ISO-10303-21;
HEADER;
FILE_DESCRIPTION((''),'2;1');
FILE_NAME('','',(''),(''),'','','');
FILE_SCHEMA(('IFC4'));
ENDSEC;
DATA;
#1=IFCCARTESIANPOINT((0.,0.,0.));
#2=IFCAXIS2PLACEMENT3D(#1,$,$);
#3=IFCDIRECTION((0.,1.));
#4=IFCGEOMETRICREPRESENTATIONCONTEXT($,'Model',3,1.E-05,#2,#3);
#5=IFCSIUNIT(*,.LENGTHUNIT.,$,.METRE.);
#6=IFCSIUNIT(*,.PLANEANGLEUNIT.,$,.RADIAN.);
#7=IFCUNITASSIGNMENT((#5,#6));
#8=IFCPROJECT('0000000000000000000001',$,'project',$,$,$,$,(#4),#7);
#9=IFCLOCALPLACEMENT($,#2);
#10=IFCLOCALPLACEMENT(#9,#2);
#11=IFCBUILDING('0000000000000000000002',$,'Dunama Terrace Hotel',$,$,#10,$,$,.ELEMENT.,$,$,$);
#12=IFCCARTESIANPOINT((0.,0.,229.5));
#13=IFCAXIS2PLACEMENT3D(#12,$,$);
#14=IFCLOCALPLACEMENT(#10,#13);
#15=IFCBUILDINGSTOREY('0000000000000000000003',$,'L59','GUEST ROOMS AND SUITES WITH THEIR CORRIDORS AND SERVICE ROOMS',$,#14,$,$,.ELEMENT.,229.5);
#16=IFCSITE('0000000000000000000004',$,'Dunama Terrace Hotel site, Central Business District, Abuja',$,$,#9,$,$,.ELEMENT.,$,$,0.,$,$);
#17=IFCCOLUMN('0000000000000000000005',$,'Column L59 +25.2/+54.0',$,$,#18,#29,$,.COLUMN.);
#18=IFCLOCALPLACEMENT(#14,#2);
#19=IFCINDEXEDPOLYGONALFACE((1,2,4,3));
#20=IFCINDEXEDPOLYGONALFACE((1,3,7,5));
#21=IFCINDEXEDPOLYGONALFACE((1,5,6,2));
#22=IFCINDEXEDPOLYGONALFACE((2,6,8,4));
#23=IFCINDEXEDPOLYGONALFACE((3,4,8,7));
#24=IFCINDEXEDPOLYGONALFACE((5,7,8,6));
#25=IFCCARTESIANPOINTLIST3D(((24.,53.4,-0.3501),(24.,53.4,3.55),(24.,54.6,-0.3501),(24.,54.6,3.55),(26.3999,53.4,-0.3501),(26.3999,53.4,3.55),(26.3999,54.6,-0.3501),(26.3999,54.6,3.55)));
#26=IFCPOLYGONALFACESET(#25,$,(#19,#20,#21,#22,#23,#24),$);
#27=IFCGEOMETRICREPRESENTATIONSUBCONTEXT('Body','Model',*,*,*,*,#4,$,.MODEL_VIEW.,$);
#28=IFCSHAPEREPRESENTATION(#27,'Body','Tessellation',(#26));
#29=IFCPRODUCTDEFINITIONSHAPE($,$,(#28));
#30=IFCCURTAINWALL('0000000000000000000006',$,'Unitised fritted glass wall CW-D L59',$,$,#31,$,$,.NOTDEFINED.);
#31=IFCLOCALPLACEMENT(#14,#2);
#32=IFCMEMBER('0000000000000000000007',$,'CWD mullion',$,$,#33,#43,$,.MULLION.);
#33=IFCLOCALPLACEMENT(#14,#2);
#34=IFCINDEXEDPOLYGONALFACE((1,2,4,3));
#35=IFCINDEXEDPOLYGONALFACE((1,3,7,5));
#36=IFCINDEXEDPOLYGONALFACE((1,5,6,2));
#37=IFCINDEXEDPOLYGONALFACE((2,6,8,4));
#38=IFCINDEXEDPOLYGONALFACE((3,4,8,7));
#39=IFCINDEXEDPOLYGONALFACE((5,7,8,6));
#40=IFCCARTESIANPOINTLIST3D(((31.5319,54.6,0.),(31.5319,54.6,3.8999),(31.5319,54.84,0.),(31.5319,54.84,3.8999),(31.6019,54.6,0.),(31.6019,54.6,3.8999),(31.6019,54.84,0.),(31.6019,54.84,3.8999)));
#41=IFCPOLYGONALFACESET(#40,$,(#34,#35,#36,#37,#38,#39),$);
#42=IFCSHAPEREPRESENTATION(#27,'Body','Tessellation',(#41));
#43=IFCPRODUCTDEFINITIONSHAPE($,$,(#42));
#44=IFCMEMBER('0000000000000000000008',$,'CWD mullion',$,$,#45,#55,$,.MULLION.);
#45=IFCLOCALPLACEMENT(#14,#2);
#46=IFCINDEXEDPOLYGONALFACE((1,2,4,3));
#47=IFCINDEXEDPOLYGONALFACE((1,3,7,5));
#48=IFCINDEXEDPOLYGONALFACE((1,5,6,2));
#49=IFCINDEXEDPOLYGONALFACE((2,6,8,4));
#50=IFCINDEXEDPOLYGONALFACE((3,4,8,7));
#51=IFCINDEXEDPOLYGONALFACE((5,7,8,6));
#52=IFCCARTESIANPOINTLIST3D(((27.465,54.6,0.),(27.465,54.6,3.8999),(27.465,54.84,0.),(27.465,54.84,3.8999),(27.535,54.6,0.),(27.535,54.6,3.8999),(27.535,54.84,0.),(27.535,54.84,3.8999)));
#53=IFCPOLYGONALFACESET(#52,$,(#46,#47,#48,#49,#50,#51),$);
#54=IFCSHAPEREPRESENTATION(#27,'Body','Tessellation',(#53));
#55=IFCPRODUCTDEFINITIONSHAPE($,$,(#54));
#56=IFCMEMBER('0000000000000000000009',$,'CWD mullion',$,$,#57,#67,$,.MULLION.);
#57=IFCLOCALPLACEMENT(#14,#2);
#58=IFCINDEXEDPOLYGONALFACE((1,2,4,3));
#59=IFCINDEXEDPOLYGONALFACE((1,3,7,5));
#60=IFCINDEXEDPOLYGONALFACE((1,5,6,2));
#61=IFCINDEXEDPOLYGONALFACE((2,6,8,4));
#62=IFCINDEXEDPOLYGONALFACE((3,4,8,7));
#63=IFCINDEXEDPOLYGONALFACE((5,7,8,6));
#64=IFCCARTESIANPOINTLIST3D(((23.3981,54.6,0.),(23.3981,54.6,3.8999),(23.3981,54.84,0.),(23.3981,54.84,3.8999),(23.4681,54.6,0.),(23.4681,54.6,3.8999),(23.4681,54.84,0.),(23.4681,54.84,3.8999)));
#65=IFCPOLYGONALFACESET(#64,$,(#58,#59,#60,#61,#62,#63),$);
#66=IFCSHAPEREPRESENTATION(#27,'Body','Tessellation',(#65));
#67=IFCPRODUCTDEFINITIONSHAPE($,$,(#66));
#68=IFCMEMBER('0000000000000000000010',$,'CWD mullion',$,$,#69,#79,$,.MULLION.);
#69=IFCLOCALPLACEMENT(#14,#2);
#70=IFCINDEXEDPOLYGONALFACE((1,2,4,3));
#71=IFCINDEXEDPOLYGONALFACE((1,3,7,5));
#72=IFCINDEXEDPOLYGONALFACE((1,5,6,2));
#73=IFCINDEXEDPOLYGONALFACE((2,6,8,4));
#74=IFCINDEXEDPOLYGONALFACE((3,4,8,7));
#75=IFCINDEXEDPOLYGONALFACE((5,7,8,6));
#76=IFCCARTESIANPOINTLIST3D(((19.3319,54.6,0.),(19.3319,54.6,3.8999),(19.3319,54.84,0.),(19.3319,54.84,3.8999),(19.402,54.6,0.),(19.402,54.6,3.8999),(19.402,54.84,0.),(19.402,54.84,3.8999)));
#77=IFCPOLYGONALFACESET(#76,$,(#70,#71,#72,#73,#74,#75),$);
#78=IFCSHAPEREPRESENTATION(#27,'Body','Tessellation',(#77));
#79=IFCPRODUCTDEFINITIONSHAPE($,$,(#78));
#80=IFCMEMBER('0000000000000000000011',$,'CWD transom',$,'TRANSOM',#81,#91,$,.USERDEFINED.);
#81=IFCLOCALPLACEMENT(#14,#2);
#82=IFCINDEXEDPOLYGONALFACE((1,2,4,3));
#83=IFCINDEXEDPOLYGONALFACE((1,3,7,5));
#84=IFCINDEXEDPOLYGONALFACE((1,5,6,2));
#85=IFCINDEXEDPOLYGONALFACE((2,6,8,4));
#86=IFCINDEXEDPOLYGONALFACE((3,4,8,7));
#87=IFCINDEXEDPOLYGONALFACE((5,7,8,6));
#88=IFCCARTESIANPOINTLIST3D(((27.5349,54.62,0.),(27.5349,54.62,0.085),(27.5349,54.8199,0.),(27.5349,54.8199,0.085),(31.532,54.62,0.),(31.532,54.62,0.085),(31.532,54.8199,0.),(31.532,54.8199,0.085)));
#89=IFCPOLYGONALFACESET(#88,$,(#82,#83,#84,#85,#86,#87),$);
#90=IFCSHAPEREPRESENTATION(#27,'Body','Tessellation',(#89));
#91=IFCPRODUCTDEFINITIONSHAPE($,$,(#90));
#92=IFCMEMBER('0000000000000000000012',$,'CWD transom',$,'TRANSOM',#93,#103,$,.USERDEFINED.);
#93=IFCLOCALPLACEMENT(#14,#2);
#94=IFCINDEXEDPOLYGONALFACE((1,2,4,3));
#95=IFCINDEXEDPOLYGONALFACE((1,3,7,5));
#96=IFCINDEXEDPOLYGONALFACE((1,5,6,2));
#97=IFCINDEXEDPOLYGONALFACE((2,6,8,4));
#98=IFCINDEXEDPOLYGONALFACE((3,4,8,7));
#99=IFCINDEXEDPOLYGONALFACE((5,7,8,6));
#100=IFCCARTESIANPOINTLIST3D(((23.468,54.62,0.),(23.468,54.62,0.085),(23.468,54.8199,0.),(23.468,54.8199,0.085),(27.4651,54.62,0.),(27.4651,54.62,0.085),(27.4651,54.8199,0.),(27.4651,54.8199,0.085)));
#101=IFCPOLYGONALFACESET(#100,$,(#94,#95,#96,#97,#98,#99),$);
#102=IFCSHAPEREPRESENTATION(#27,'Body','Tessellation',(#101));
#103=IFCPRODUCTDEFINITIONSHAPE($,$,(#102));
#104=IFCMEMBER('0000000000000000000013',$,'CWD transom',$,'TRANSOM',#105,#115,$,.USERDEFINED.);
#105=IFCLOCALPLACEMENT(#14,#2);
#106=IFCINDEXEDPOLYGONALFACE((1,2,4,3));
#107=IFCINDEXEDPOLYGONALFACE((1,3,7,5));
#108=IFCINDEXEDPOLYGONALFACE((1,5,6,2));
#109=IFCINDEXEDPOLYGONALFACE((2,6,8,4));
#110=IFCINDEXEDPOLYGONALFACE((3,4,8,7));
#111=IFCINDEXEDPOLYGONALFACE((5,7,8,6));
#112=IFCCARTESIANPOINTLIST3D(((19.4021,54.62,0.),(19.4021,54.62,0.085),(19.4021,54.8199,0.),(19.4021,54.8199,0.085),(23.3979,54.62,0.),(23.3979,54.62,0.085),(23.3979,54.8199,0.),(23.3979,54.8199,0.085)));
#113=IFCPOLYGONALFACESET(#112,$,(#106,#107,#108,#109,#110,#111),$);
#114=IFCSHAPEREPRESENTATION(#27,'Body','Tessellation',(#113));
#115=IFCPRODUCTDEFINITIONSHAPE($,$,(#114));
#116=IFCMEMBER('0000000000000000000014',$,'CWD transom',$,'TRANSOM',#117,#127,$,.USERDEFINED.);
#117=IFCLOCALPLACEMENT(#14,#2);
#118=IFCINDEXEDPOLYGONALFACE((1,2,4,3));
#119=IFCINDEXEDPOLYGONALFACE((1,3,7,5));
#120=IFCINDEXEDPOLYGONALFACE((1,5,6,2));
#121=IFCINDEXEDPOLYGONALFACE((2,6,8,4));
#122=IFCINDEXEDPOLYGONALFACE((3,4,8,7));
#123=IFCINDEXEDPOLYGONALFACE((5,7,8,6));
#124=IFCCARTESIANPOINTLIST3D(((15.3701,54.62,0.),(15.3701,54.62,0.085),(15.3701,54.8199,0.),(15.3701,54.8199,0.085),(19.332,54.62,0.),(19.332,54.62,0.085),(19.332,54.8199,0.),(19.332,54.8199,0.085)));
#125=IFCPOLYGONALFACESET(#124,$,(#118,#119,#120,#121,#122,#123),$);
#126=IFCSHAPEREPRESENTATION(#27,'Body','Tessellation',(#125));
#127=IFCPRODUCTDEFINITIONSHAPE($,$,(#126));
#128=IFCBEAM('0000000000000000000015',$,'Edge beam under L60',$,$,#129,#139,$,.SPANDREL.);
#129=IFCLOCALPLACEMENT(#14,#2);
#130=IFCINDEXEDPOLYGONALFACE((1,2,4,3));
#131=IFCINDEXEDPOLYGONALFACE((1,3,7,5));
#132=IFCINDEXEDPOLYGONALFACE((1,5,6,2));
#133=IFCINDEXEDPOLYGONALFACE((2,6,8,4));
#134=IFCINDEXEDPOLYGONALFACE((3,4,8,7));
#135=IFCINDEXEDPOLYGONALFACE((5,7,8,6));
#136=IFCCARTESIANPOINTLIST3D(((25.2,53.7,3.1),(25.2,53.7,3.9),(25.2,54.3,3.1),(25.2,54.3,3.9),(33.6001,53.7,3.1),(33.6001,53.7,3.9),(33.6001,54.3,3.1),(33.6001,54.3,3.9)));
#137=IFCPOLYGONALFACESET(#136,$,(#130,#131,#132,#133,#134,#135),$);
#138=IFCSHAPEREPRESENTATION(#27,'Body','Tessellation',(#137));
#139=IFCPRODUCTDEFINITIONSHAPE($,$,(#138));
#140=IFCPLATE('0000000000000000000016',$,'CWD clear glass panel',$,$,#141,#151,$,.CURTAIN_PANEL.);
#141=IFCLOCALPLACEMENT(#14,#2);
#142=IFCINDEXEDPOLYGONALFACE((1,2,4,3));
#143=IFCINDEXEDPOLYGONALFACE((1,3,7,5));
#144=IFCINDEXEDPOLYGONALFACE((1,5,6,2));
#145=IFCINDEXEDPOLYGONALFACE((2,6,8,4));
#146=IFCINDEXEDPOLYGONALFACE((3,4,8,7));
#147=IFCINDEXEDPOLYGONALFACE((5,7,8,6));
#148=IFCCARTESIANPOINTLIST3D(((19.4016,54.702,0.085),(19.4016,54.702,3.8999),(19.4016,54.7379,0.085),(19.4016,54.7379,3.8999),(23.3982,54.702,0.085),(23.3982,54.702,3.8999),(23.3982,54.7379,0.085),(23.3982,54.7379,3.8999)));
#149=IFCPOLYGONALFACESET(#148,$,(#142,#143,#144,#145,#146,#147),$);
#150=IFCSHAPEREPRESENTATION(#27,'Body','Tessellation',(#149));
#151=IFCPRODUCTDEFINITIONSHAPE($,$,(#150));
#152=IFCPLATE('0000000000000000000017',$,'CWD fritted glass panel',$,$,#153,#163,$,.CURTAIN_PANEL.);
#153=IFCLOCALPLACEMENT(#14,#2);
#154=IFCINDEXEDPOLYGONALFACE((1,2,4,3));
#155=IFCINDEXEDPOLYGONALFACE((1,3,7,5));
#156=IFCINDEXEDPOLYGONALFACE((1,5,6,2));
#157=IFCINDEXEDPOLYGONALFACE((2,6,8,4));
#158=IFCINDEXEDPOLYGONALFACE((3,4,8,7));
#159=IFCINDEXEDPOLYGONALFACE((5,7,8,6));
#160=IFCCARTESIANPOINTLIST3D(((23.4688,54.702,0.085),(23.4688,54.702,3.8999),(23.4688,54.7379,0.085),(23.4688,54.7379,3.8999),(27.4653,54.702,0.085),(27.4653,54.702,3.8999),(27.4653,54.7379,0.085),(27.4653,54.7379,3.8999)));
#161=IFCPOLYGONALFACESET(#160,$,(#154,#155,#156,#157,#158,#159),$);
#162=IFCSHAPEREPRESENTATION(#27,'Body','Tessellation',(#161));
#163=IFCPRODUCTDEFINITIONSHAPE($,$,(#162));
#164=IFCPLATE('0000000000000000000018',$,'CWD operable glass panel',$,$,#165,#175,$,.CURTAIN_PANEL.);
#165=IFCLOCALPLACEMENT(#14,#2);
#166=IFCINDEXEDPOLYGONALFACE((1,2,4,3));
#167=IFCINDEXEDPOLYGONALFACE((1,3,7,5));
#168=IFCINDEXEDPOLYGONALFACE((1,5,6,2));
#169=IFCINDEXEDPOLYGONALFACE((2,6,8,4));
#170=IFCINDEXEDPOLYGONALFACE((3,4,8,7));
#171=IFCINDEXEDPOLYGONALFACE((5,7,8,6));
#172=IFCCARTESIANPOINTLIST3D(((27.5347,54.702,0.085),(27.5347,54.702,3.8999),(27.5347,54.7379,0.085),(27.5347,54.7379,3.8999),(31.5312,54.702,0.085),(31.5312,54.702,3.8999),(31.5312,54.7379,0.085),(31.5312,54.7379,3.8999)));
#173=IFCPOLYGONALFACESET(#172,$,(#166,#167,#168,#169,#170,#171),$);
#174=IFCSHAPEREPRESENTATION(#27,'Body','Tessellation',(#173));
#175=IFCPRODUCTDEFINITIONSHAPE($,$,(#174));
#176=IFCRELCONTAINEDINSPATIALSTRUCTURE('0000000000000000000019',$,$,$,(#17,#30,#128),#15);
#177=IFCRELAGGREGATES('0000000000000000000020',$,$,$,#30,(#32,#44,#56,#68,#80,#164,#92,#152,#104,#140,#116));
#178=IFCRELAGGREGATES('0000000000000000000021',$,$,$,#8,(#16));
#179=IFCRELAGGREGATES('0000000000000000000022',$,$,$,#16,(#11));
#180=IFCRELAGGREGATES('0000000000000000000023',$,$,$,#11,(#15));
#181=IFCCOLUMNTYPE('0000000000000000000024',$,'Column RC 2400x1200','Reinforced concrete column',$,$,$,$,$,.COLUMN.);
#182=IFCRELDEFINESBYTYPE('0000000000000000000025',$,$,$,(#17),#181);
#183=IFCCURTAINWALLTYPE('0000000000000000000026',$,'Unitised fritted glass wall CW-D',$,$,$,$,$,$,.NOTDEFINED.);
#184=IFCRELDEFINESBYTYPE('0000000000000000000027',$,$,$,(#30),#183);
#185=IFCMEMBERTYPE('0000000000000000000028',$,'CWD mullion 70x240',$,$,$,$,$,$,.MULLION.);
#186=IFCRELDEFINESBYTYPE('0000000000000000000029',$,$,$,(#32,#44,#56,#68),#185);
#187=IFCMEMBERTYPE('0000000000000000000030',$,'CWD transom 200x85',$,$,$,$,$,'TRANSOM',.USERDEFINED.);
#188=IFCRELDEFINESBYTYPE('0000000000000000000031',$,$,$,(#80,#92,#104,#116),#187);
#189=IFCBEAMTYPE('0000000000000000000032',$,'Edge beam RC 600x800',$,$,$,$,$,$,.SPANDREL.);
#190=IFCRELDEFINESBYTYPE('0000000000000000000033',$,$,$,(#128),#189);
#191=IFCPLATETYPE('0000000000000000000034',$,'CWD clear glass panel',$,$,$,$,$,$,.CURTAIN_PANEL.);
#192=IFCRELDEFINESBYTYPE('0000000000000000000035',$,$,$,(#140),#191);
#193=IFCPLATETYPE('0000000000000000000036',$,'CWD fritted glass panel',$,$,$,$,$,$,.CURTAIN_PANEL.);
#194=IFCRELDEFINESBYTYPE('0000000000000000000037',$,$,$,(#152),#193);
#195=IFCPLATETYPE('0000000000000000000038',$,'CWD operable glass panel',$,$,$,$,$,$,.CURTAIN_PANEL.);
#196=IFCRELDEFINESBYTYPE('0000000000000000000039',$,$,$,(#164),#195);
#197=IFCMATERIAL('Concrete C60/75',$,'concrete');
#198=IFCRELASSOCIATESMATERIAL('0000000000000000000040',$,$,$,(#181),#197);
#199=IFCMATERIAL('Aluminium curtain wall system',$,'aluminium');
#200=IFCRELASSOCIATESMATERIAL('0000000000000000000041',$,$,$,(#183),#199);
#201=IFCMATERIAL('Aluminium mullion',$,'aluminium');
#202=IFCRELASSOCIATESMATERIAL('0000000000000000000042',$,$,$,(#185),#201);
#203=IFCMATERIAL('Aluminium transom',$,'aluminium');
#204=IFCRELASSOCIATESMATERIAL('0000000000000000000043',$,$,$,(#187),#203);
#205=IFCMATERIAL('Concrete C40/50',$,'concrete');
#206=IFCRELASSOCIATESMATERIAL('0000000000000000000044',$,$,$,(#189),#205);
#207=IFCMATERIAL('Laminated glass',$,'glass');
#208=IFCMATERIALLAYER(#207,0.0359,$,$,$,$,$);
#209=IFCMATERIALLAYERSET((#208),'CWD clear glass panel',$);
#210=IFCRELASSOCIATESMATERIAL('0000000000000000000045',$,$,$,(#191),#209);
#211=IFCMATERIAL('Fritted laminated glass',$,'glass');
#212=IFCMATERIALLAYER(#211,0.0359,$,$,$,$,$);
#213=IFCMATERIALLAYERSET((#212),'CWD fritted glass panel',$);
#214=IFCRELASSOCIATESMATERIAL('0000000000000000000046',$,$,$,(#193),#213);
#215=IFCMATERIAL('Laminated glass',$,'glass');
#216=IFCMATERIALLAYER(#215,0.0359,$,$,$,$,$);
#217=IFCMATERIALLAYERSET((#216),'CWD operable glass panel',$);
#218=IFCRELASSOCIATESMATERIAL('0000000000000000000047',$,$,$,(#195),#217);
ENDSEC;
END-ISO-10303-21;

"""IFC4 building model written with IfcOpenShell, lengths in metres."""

from ifc_helpers import new_model, si_unit, direction, frame, origin, origin_2d, place, context, subcontext, project, spatial, rectangle, extrude, material, layer, layer_set, material_profile, profile_set, type_object, element, aggregate, save


model = new_model("IFC4")

# Units and contexts
model_context = context("Model", 3, precision=1e-05, world=origin(), true_north=direction((0.0, 1.0)))
body_context = subcontext(model_context, "Body", "Model", "MODEL_VIEW")
ifc_project = project(units=[si_unit("LENGTHUNIT", "METRE"), si_unit("PLANEANGLEUNIT", "RADIAN")], contexts=[model_context])

# Site, building, storey
site_placement = place(None, origin())
site = spatial("IfcSite", under=ifc_project, at=site_placement, Name="Dunama Terrace Hotel site, Central Business District, Abuja", CompositionType="ELEMENT", RefElevation=0.0)
building_placement = place(site_placement, origin())
building = spatial("IfcBuilding", under=site, at=building_placement, Name="Dunama Terrace Hotel", CompositionType="ELEMENT")
storey_placement = place(building_placement, frame((0.0, 0.0, 229.5)))
storey = spatial("IfcBuildingStorey", under=building, at=storey_placement, Name="L59", Description="GUEST ROOMS AND SUITES WITH THEIR CORRIDORS AND SERVICE ROOMS", CompositionType="ELEMENT", Elevation=229.5)

# Column
ifc_material_1 = material(Name="Concrete C60/75", Category="concrete")
ifc_material_profile_1 = material_profile(ifc_material_1, rectangle(XDim=2.3999, YDim=1.2, at=origin_2d()), Name="RC 2400x1200")
ifc_profile_set_1 = profile_set([ifc_material_profile_1], Name="Concrete C60/75")
column_type = type_object("IfcColumnType", Name="Column RC 2400x1200", Description="Reinforced concrete column", PredefinedType="COLUMN", material=ifc_profile_set_1)
column_placement = place(storey_placement, frame((25.2, 54.0, -0.3501), z_axis=(0.0, 0.0, 1.0), x_axis=(1.0, 0.0, 0.0)))
element("IfcColumn", 1, at=column_placement, inside=storey, type_object=column_type, Name="Column L59 +25.2/+54.0", PredefinedType="COLUMN", context=body_context, shape_type="SweptSolid", body=[
    extrude(rectangle(XDim=2.3999, YDim=1.2, at=origin_2d()), origin(), (0.0, 0.0, 1.0), 3.9001),
])

# Curtain wall, members
ifc_material_2 = material(Name="Aluminium curtain wall system", Category="aluminium")
curtain_wall_type = type_object("IfcCurtainWallType", Name="Unitised fritted glass wall CW-D", PredefinedType="NOTDEFINED", material=ifc_material_2)
curtain_wall_placement = place(storey_placement, origin())
curtain_wall = element("IfcCurtainWall", 2, at=curtain_wall_placement, inside=storey, type_object=curtain_wall_type, Name="Unitised fritted glass wall CW-D L59", PredefinedType="NOTDEFINED")
ifc_material_3 = material(Name="Aluminium mullion", Category="aluminium")
ifc_material_profile_2 = material_profile(ifc_material_3, rectangle(XDim=0.0701, YDim=0.24, at=origin_2d()), Name="CWD MULLION 70X240")
ifc_profile_set_2 = profile_set([ifc_material_profile_2], Name="Aluminium mullion")
member_type_1 = type_object("IfcMemberType", Name="CWD mullion 70x240", PredefinedType="MULLION", material=ifc_profile_set_2)
member_1_placement = place(storey_placement, frame((31.5669, 54.72, 0.0), z_axis=(0.0, 0.0, 1.0), x_axis=(-1.0, 0.0, 0.0)))
member_1 = element("IfcMember", 3, at=member_1_placement, type_object=member_type_1, Name="CWD mullion", PredefinedType="MULLION", context=body_context, shape_type="SweptSolid", body=[
    extrude(rectangle(XDim=0.0701, YDim=0.24, at=origin_2d()), origin(), (0.0, 0.0, 1.0), 3.8999),
])
member_2_placement = place(storey_placement, frame((27.5, 54.72, 0.0), z_axis=(0.0, 0.0, 1.0), x_axis=(-1.0, 0.0, 0.0)))
member_2 = element("IfcMember", 4, at=member_2_placement, type_object=member_type_1, Name="CWD mullion", PredefinedType="MULLION", context=body_context, shape_type="SweptSolid", body=[
    extrude(rectangle(XDim=0.0701, YDim=0.24, at=origin_2d()), origin(), (0.0, 0.0, 1.0), 3.8999),
])
member_3_placement = place(storey_placement, frame((23.4331, 54.72, 0.0), z_axis=(0.0, 0.0, 1.0), x_axis=(-1.0, 0.0, 0.0)))
member_3 = element("IfcMember", 5, at=member_3_placement, type_object=member_type_1, Name="CWD mullion", PredefinedType="MULLION", context=body_context, shape_type="SweptSolid", body=[
    extrude(rectangle(XDim=0.0701, YDim=0.24, at=origin_2d()), origin(), (0.0, 0.0, 1.0), 3.8999),
])
member_4_placement = place(storey_placement, frame((19.3669, 54.72, 0.0), z_axis=(0.0, 0.0, 1.0), x_axis=(-1.0, 0.0, 0.0)))
member_4 = element("IfcMember", 6, at=member_4_placement, type_object=member_type_1, Name="CWD mullion", PredefinedType="MULLION", context=body_context, shape_type="SweptSolid", body=[
    extrude(rectangle(XDim=0.0701, YDim=0.24, at=origin_2d()), origin(), (0.0, 0.0, 1.0), 3.8999),
])
ifc_material_4 = material(Name="Aluminium transom", Category="aluminium")
ifc_material_profile_3 = material_profile(ifc_material_4, rectangle(XDim=0.2, YDim=0.085, at=origin_2d()), Name="CWD TRANSOM 200X85")
ifc_profile_set_3 = profile_set([ifc_material_profile_3], Name="Aluminium transom")
member_type_2 = type_object("IfcMemberType", Name="CWD transom 200x85", ElementType="TRANSOM", PredefinedType="USERDEFINED", material=ifc_profile_set_3)
member_5_placement = place(storey_placement, frame((31.532, 54.72, 0.0425), z_axis=(-1.0, 0.0, 0.0), x_axis=(0.0, -1.0, 0.0)))
member_5 = element("IfcMember", 7, at=member_5_placement, type_object=member_type_2, Name="CWD transom", ObjectType="TRANSOM", PredefinedType="USERDEFINED", context=body_context, shape_type="SweptSolid", body=[
    extrude(rectangle(XDim=0.2, YDim=0.085, at=origin_2d()), origin(), (0.0, 0.0, 1.0), 3.9971),
])
member_6_placement = place(storey_placement, frame((27.4651, 54.72, 0.0425), z_axis=(-1.0, 0.0, 0.0), x_axis=(0.0, -1.0, 0.0)))
member_6 = element("IfcMember", 8, at=member_6_placement, type_object=member_type_2, Name="CWD transom", ObjectType="TRANSOM", PredefinedType="USERDEFINED", context=body_context, shape_type="SweptSolid", body=[
    extrude(rectangle(XDim=0.2, YDim=0.085, at=origin_2d()), origin(), (0.0, 0.0, 1.0), 3.9971),
])
member_7_placement = place(storey_placement, frame((23.3979, 54.72, 0.0425), z_axis=(-1.0, 0.0, 0.0), x_axis=(0.0, -1.0, 0.0)))
member_7 = element("IfcMember", 9, at=member_7_placement, type_object=member_type_2, Name="CWD transom", ObjectType="TRANSOM", PredefinedType="USERDEFINED", context=body_context, shape_type="SweptSolid", body=[
    extrude(rectangle(XDim=0.2, YDim=0.085, at=origin_2d()), origin(), (0.0, 0.0, 1.0), 3.9958),
])
member_8_placement = place(storey_placement, frame((19.332, 54.72, 0.0425), z_axis=(-1.0, 0.0, 0.0), x_axis=(0.0, -1.0, 0.0)))
member_8 = element("IfcMember", 10, at=member_8_placement, type_object=member_type_2, Name="CWD transom", ObjectType="TRANSOM", PredefinedType="USERDEFINED", context=body_context, shape_type="SweptSolid", body=[
    extrude(rectangle(XDim=0.2, YDim=0.085, at=origin_2d()), origin(), (0.0, 0.0, 1.0), 3.9619),
])

# Beam
ifc_material_5 = material(Name="Concrete C40/50", Category="concrete")
ifc_material_profile_4 = material_profile(ifc_material_5, rectangle(XDim=0.6001, YDim=0.8, at=origin_2d()), Name="RC 600x800")
ifc_profile_set_4 = profile_set([ifc_material_profile_4], Name="Concrete C40/50")
beam_type = type_object("IfcBeamType", Name="Edge beam RC 600x800", PredefinedType="SPANDREL", material=ifc_profile_set_4)
beam_placement = place(storey_placement, frame((25.2, 54.0, 3.5), z_axis=(1.0, 0.0, 0.0), x_axis=(0.0, 1.0, 0.0)))
element("IfcBeam", 11, at=beam_placement, inside=storey, type_object=beam_type, Name="Edge beam under L60", PredefinedType="SPANDREL", context=body_context, shape_type="SweptSolid", body=[
    extrude(rectangle(XDim=0.6001, YDim=0.8, at=origin_2d()), origin(), (0.0, 0.0, 1.0), 8.4001),
])

# Plates
ifc_material_6 = material(Name="Laminated glass", Category="glass")
ifc_layer_1 = layer(ifc_material_6, 0.0359)
ifc_layer_set_1 = layer_set([ifc_layer_1], Name="CWD clear glass panel")
plate_type_1 = type_object("IfcPlateType", Name="CWD clear glass panel", PredefinedType="CURTAIN_PANEL", material=ifc_layer_set_1)
plate_1_placement = place(storey_placement, frame((21.3999, 54.72, 0.085), z_axis=(0.0, 0.0, 1.0), x_axis=(-1.0, 0.0, 0.0)))
plate_1 = element("IfcPlate", 12, at=plate_1_placement, type_object=plate_type_1, Name="CWD clear glass panel", PredefinedType="CURTAIN_PANEL", context=body_context, shape_type="SweptSolid", body=[
    extrude(rectangle(XDim=3.9966, YDim=0.0359, at=origin_2d()), origin(), (0.0, 0.0, 1.0), 3.8149),
])
ifc_material_7 = material(Name="Fritted laminated glass", Category="glass")
ifc_layer_2 = layer(ifc_material_7, 0.0359)
ifc_layer_set_2 = layer_set([ifc_layer_2], Name="CWD fritted glass panel")
plate_type_2 = type_object("IfcPlateType", Name="CWD fritted glass panel", PredefinedType="CURTAIN_PANEL", material=ifc_layer_set_2)
plate_2_placement = place(storey_placement, frame((25.467, 54.72, 0.085), z_axis=(0.0, 0.0, 1.0), x_axis=(-1.0, 0.0, 0.0)))
plate_2 = element("IfcPlate", 13, at=plate_2_placement, type_object=plate_type_2, Name="CWD fritted glass panel", PredefinedType="CURTAIN_PANEL", context=body_context, shape_type="SweptSolid", body=[
    extrude(rectangle(XDim=3.9966, YDim=0.0359, at=origin_2d()), origin(), (0.0, 0.0, 1.0), 3.8149),
])
ifc_material_8 = material(Name="Laminated glass", Category="glass")
ifc_layer_3 = layer(ifc_material_8, 0.0359)
ifc_layer_set_3 = layer_set([ifc_layer_3], Name="CWD operable glass panel")
plate_type_3 = type_object("IfcPlateType", Name="CWD operable glass panel", PredefinedType="CURTAIN_PANEL", material=ifc_layer_set_3)
plate_3_placement = place(storey_placement, frame((29.533, 54.72, 0.085), z_axis=(0.0, 0.0, 1.0), x_axis=(-1.0, 0.0, 0.0)))
plate_3 = element("IfcPlate", 14, at=plate_3_placement, type_object=plate_type_3, Name="CWD operable glass panel", PredefinedType="CURTAIN_PANEL", context=body_context, shape_type="SweptSolid", body=[
    extrude(rectangle(XDim=3.9966, YDim=0.0359, at=origin_2d()), origin(), (0.0, 0.0, 1.0), 3.8149),
])
aggregate(curtain_wall, [member_1, member_2, member_3, member_4, member_5, plate_3, member_6, plate_2, member_7, plate_1, member_8])

save(model, "model.ifc")
